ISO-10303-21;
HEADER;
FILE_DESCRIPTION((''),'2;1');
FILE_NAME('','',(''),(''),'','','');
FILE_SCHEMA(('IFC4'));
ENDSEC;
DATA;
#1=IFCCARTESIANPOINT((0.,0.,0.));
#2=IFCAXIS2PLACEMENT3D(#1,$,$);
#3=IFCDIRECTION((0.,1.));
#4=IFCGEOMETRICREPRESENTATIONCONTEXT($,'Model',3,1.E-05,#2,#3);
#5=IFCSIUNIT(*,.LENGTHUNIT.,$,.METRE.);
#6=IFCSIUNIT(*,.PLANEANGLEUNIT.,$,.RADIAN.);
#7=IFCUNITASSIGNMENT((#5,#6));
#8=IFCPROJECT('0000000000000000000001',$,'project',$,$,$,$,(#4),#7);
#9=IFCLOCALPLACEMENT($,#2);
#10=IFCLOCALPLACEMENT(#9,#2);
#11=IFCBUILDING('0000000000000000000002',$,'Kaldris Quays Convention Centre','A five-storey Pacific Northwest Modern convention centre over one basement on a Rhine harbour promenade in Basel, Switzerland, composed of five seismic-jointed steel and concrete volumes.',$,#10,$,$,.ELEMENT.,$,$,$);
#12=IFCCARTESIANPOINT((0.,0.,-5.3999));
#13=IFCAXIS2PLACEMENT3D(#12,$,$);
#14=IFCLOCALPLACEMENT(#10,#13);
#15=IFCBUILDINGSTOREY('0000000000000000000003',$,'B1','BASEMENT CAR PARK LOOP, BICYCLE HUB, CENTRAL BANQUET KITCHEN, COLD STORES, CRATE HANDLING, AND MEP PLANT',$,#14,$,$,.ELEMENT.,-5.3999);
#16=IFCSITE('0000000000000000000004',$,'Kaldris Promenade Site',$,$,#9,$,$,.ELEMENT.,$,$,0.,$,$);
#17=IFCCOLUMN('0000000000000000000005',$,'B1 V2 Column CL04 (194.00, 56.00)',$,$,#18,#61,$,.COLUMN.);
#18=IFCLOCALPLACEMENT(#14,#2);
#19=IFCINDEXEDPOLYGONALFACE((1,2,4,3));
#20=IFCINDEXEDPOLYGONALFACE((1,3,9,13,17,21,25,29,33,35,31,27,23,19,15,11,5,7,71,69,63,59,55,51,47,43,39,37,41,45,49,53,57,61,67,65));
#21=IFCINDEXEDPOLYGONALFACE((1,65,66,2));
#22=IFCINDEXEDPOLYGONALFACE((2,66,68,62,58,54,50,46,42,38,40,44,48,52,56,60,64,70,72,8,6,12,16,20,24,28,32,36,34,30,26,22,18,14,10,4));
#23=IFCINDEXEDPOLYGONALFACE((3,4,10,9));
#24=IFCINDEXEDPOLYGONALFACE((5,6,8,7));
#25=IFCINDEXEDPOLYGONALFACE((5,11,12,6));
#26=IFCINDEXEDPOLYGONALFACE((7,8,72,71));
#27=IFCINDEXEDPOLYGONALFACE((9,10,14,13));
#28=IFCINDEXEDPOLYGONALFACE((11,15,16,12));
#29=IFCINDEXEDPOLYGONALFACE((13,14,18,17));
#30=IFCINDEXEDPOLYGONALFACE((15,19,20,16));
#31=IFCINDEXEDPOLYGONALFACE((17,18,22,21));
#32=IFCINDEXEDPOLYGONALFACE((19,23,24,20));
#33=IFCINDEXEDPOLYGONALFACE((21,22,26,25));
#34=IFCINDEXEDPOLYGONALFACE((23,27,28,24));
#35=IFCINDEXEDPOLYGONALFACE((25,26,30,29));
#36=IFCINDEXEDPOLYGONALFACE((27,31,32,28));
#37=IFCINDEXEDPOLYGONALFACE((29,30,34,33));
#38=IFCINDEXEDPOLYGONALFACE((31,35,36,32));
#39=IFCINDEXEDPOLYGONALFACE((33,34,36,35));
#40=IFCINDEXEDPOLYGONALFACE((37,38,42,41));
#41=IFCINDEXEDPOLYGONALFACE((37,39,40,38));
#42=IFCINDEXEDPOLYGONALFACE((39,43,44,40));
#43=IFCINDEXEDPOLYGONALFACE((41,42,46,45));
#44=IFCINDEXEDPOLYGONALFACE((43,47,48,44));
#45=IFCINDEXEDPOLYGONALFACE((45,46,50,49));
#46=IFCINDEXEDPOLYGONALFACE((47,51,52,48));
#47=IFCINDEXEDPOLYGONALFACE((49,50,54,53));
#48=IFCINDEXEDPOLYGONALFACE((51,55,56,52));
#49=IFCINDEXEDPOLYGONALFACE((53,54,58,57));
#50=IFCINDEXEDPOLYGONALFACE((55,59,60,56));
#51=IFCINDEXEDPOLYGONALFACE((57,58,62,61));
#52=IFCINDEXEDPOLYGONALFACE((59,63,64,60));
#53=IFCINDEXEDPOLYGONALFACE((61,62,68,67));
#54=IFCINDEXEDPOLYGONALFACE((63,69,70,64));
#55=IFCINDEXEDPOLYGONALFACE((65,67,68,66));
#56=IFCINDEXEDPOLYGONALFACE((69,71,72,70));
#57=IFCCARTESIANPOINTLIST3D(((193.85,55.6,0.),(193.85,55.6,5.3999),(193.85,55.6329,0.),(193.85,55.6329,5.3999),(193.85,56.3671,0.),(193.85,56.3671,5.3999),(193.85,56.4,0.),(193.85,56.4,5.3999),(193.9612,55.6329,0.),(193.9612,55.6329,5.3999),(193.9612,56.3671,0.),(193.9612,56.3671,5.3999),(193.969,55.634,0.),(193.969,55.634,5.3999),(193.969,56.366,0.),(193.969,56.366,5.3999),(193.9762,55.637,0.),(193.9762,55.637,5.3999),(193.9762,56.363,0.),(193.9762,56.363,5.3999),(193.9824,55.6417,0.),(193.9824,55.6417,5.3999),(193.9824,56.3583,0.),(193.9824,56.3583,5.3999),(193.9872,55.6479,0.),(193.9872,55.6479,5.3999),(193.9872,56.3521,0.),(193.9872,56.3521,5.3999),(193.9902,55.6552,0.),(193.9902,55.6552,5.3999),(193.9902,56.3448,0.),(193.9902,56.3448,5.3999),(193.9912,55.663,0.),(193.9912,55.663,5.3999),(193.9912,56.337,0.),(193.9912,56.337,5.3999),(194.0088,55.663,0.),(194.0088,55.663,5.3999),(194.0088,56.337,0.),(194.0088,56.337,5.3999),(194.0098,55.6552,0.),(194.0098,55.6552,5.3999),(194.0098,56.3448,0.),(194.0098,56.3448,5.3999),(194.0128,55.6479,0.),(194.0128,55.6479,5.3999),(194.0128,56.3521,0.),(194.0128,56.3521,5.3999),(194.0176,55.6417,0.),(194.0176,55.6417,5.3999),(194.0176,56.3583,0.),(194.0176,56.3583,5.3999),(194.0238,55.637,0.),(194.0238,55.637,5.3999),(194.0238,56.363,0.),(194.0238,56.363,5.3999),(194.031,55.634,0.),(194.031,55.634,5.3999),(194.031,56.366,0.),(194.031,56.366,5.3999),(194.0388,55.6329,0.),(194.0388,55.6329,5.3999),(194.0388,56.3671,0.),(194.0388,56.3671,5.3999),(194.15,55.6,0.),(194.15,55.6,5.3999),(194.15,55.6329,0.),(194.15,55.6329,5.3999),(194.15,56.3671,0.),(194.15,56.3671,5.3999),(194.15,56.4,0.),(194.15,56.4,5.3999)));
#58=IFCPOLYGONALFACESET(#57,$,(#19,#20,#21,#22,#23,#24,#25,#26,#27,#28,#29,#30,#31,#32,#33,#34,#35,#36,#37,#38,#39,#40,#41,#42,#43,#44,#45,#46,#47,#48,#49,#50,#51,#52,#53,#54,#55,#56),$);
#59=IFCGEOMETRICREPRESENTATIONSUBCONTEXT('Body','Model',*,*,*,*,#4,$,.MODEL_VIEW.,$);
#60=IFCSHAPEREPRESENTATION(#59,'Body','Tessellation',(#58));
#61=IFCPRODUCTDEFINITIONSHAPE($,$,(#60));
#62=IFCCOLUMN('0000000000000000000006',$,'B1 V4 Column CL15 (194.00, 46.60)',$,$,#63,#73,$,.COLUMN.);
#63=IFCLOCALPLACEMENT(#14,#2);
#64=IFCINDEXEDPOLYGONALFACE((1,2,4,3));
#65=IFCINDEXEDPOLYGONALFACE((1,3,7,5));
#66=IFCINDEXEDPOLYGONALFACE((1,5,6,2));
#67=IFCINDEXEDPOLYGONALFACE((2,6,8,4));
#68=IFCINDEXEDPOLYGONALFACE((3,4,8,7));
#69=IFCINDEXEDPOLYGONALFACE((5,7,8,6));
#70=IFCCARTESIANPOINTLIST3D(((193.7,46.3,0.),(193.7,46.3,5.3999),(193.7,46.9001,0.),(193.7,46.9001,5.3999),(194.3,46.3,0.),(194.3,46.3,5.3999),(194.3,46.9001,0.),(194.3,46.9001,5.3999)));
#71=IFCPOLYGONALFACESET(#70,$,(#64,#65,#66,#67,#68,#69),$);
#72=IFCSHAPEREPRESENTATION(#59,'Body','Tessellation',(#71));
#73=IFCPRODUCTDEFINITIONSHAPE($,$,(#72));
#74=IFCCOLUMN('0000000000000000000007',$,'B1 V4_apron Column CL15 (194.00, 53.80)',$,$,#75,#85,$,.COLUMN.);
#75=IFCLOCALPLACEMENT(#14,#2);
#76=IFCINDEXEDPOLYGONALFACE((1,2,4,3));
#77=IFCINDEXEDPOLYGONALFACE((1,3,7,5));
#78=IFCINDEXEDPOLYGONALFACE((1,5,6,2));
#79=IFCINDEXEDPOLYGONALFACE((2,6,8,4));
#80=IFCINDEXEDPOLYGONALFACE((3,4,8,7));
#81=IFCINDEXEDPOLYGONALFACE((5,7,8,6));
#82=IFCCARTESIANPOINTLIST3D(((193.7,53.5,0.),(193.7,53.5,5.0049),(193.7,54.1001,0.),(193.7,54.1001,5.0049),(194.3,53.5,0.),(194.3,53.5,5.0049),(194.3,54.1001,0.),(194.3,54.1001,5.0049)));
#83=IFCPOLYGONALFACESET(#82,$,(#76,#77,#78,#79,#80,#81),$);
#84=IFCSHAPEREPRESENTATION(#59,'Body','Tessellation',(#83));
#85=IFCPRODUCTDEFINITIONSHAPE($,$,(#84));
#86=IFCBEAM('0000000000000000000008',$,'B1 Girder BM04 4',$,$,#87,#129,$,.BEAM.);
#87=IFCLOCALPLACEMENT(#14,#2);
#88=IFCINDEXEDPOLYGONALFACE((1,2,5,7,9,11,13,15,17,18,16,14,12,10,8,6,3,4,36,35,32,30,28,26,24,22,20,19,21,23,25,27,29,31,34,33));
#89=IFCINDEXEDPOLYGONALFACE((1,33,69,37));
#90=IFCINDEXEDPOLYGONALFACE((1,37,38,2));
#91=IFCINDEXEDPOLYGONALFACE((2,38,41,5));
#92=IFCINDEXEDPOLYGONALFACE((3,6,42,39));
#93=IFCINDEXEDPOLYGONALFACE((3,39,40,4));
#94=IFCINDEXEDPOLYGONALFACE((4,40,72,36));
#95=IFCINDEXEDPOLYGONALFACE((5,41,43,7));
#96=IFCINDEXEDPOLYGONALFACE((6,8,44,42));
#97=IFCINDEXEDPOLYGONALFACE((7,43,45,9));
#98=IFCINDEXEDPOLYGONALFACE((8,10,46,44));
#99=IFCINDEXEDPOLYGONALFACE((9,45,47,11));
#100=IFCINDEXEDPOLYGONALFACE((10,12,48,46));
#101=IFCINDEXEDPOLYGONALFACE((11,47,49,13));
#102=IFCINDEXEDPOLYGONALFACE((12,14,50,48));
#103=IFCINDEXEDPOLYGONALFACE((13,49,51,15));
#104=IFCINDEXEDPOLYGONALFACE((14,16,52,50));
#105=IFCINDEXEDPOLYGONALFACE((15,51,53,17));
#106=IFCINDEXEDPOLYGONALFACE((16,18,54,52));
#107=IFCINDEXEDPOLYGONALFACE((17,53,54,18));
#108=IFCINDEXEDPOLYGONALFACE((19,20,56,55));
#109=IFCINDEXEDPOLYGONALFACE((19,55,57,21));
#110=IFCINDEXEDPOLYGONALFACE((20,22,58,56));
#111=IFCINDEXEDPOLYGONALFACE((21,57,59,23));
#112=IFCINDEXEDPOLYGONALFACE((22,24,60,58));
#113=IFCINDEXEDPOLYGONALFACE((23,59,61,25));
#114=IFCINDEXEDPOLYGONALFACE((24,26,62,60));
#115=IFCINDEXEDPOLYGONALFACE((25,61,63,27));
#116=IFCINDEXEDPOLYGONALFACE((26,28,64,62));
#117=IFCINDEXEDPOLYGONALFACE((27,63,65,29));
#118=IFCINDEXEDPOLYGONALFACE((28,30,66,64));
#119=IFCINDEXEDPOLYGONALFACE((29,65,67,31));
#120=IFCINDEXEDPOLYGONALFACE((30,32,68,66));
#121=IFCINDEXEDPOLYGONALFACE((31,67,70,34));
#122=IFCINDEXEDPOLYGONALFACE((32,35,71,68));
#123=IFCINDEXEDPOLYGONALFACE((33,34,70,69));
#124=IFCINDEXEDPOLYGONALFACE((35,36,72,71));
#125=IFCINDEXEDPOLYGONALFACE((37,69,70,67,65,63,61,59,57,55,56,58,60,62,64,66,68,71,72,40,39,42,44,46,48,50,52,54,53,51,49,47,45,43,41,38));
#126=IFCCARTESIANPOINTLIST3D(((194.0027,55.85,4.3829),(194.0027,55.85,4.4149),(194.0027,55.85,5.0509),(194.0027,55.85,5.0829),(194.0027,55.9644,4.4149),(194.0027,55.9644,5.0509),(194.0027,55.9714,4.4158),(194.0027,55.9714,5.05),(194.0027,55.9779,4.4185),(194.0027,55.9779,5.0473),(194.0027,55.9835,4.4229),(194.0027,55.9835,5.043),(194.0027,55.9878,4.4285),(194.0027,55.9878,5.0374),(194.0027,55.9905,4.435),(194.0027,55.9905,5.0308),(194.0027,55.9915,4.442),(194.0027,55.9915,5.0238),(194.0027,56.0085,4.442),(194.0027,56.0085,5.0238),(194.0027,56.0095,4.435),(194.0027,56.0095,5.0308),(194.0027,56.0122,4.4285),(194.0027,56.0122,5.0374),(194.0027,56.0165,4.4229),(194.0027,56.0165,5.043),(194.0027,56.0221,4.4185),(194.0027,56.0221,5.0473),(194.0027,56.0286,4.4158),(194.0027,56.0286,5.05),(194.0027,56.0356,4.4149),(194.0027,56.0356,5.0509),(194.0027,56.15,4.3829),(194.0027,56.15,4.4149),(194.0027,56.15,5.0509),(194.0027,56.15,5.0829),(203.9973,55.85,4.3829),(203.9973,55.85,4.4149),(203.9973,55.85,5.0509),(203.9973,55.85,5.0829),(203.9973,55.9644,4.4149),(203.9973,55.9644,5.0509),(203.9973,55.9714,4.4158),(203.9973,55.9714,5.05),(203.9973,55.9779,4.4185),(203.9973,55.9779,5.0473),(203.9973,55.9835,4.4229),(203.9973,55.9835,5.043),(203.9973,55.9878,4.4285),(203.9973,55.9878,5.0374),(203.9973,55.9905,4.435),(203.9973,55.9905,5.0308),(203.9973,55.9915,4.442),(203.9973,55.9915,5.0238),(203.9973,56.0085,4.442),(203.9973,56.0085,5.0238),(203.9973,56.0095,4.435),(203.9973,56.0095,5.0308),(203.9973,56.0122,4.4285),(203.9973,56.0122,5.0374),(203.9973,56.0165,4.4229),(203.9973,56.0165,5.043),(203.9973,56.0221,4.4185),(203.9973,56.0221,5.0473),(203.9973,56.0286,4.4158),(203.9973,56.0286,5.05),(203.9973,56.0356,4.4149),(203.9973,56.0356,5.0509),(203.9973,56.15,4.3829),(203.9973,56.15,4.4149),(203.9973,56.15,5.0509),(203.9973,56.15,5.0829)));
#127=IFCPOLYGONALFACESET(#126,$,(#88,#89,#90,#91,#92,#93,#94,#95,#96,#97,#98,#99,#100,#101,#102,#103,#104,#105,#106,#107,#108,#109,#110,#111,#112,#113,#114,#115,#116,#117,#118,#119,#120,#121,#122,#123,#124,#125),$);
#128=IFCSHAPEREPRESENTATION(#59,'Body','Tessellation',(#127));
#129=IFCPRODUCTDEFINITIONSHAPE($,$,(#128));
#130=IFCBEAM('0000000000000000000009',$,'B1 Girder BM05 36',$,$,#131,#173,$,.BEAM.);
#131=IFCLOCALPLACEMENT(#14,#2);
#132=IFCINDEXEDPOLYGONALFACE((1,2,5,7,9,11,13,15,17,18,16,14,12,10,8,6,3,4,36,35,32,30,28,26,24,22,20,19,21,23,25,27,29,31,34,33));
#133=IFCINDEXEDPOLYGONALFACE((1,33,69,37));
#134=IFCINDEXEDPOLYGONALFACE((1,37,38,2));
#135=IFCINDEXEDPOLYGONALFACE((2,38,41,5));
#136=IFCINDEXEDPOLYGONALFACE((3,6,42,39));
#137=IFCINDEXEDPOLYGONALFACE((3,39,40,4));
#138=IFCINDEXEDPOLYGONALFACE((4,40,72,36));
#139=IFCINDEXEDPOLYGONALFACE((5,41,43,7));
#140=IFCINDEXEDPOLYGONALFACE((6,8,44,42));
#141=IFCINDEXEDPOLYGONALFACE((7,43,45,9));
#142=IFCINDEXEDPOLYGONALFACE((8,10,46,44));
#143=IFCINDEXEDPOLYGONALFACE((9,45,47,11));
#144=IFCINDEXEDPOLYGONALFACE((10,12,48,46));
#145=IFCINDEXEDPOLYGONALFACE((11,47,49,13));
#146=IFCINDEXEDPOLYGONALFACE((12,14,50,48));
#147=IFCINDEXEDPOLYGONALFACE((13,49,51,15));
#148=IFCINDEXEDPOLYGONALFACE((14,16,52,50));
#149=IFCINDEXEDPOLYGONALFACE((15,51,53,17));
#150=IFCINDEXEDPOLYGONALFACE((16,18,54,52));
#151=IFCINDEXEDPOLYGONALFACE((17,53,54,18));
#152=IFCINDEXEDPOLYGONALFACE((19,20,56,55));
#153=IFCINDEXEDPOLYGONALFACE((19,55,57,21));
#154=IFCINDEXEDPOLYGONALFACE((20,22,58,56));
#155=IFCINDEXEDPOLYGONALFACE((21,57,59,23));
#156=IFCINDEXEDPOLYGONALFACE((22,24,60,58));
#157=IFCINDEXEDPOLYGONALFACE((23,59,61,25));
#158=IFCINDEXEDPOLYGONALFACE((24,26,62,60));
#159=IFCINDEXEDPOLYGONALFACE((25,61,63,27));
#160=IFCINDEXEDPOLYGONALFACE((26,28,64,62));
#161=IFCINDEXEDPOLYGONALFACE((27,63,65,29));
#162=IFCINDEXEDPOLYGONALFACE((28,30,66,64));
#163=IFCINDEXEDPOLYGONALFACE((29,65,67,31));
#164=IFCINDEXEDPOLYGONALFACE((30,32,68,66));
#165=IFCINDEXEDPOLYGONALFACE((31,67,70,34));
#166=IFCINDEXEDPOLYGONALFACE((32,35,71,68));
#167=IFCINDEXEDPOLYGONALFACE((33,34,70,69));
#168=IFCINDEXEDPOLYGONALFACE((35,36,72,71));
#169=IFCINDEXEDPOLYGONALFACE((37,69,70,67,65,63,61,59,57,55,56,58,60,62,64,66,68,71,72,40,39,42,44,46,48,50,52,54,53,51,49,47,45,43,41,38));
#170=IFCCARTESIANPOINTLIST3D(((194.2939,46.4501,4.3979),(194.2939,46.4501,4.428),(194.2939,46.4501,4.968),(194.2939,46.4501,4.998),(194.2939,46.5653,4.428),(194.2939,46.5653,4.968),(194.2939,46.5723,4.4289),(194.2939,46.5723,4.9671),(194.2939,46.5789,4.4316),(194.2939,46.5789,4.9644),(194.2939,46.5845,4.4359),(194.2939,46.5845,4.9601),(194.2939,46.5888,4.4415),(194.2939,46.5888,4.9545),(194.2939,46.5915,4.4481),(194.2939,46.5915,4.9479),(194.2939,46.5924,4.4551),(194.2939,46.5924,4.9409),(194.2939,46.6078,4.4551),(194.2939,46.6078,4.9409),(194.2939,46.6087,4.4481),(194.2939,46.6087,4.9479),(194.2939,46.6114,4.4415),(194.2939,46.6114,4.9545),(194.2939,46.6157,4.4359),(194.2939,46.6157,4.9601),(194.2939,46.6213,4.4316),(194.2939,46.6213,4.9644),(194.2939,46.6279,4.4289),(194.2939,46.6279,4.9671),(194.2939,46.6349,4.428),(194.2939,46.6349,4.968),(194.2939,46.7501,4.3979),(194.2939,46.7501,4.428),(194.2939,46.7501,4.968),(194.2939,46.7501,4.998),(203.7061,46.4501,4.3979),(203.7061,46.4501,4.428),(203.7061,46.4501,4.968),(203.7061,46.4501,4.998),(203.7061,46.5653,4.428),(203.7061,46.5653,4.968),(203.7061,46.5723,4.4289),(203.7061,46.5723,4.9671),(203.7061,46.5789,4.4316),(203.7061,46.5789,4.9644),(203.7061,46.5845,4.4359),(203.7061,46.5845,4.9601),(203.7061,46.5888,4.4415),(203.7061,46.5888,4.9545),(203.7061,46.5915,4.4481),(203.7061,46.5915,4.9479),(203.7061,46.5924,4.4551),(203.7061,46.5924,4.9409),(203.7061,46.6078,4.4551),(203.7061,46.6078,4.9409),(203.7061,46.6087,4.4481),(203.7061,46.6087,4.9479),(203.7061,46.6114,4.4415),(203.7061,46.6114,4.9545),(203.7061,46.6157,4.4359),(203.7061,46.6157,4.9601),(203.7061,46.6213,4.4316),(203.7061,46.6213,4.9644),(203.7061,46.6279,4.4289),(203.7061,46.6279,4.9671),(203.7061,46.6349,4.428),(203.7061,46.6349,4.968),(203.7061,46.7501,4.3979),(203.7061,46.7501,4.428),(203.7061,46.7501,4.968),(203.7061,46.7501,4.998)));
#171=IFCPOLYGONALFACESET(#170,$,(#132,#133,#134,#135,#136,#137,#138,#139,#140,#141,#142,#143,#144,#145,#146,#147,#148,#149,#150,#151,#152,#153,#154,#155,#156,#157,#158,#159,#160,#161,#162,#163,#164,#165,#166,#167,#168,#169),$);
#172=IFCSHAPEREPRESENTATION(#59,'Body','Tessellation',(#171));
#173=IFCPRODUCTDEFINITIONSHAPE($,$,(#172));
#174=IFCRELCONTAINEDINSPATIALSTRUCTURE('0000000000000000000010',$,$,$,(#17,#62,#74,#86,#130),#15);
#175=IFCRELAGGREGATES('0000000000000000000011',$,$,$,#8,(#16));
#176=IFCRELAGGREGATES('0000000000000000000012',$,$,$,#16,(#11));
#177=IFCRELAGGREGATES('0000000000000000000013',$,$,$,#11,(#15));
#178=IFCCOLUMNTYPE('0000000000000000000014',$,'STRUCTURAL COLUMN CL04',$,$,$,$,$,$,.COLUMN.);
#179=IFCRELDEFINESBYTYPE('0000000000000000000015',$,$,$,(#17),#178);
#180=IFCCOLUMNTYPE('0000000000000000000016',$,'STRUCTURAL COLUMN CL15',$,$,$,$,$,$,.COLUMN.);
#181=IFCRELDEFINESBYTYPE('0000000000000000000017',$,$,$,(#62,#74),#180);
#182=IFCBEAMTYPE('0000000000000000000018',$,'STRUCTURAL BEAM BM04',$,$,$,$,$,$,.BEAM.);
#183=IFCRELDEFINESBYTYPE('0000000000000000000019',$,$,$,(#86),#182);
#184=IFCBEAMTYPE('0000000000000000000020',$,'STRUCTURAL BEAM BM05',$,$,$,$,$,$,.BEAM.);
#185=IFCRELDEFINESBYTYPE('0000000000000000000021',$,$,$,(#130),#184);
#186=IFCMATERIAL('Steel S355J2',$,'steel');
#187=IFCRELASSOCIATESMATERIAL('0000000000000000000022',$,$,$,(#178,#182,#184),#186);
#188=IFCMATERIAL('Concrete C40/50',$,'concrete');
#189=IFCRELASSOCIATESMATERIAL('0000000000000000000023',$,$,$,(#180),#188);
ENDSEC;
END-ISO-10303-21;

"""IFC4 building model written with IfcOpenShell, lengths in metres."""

from ifc_helpers import new_model, si_unit, direction, frame, origin, origin_2d, place, context, subcontext, project, spatial, rectangle, i_section, extrude, material, material_profile, profile_set, type_object, element, save


model = new_model("IFC4")

# Units and contexts
model_context = context("Model", 3, precision=1e-05, world=origin(), true_north=direction((0.0, 1.0)))
body_context = subcontext(model_context, "Body", "Model", "MODEL_VIEW")
ifc_project = project(units=[si_unit("LENGTHUNIT", "METRE"), si_unit("PLANEANGLEUNIT", "RADIAN")], contexts=[model_context])

# Site, building, storey
site_placement = place(None, origin())
site = spatial("IfcSite", under=ifc_project, at=site_placement, Name="Kaldris Promenade Site", CompositionType="ELEMENT", RefElevation=0.0)
building_placement = place(site_placement, origin())
building = spatial("IfcBuilding", under=site, at=building_placement, Name="Kaldris Quays Convention Centre", Description="A five-storey Pacific Northwest Modern convention centre over one basement on a Rhine harbour promenade in Basel, Switzerland, composed of five seismic-jointed steel and concrete volumes.", CompositionType="ELEMENT")
storey_placement = place(building_placement, frame((0.0, 0.0, -5.3999)))
storey = spatial("IfcBuildingStorey", under=building, at=storey_placement, Name="B1", Description="BASEMENT CAR PARK LOOP, BICYCLE HUB, CENTRAL BANQUET KITCHEN, COLD STORES, CRATE HANDLING, AND MEP PLANT", CompositionType="ELEMENT", Elevation=-5.3999)

# Columns
ifc_material_1 = material(Name="Steel S355J2", Category="steel")
ifc_material_profile_1 = material_profile(ifc_material_1, i_section(OverallWidth=0.3, OverallDepth=0.8, WebThickness=0.0176, FlangeThickness=0.033, FilletRadius=0.03, at=origin_2d()), Name="HEB 800")
ifc_profile_set_1 = profile_set([ifc_material_profile_1], Name="Steel S355J2")
column_type_1 = type_object("IfcColumnType", Name="STRUCTURAL COLUMN CL04", PredefinedType="COLUMN", material=ifc_profile_set_1)
column_1_placement = place(storey_placement, frame((194.0, 56.0, 0.0), z_axis=(0.0, 0.0, 1.0), x_axis=(1.0, 0.0, 0.0)))
element("IfcColumn", 1, at=column_1_placement, inside=storey, type_object=column_type_1, Name="B1 V2 Column CL04 (194.00, 56.00)", PredefinedType="COLUMN", context=body_context, shape_type="SweptSolid", body=[
    extrude(i_section(OverallWidth=0.3, OverallDepth=0.8, WebThickness=0.0176, FlangeThickness=0.033, FilletRadius=0.03, at=origin_2d()), origin(), (0.0, 0.0, 1.0), 5.3999),
])
ifc_material_2 = material(Name="Concrete C40/50", Category="concrete")
ifc_material_profile_2 = material_profile(ifc_material_2, rectangle(XDim=0.6001, YDim=0.6001, at=origin_2d()), Name="RC 600x600")
ifc_profile_set_2 = profile_set([ifc_material_profile_2], Name="Concrete C40/50")
column_type_2 = type_object("IfcColumnType", Name="STRUCTURAL COLUMN CL15", PredefinedType="COLUMN", material=ifc_profile_set_2)
column_2_placement = place(storey_placement, frame((194.0, 46.6001, 0.0), z_axis=(0.0, 0.0, 1.0), x_axis=(1.0, 0.0, 0.0)))
element("IfcColumn", 2, at=column_2_placement, inside=storey, type_object=column_type_2, Name="B1 V4 Column CL15 (194.00, 46.60)", PredefinedType="COLUMN", context=body_context, shape_type="SweptSolid", body=[
    extrude(rectangle(XDim=0.6001, YDim=0.6001, at=origin_2d()), origin(), (0.0, 0.0, 1.0), 5.3999),
])
column_3_placement = place(storey_placement, frame((194.0, 53.8, 0.0), z_axis=(0.0, 0.0, 1.0), x_axis=(1.0, 0.0, 0.0)))
element("IfcColumn", 3, at=column_3_placement, inside=storey, type_object=column_type_2, Name="B1 V4_apron Column CL15 (194.00, 53.80)", PredefinedType="COLUMN", context=body_context, shape_type="SweptSolid", body=[
    extrude(rectangle(XDim=0.6001, YDim=0.6001, at=origin_2d()), origin(), (0.0, 0.0, 1.0), 5.0049),
])

# Beams
ifc_material_profile_3 = material_profile(ifc_material_1, i_section(OverallWidth=0.3, OverallDepth=0.7, WebThickness=0.0171, FlangeThickness=0.032, FilletRadius=0.0271, at=origin_2d()), Name="HEB 700")
ifc_profile_set_3 = profile_set([ifc_material_profile_3], Name="Steel S355J2")
beam_type_1 = type_object("IfcBeamType", Name="STRUCTURAL BEAM BM04", PredefinedType="BEAM", material=ifc_profile_set_3)
beam_1_placement = place(storey_placement, frame((194.0027, 56.0, 4.7329), z_axis=(1.0, 0.0, 0.0), x_axis=(0.0, 1.0, 0.0)))
element("IfcBeam", 4, at=beam_1_placement, inside=storey, type_object=beam_type_1, Name="B1 Girder BM04 4", PredefinedType="BEAM", context=body_context, shape_type="SweptSolid", body=[
    extrude(i_section(OverallWidth=0.3, OverallDepth=0.7, WebThickness=0.0171, FlangeThickness=0.032, FilletRadius=0.0271, at=origin_2d()), origin(), (0.0, 0.0, 1.0), 9.9946),
])
ifc_material_profile_4 = material_profile(ifc_material_1, i_section(OverallWidth=0.3, OverallDepth=0.6001, WebThickness=0.0154, FlangeThickness=0.03, FilletRadius=0.0271, at=origin_2d()), Name="HEB 600")
ifc_profile_set_4 = profile_set([ifc_material_profile_4], Name="Steel S355J2")
beam_type_2 = type_object("IfcBeamType", Name="STRUCTURAL BEAM BM05", PredefinedType="BEAM", material=ifc_profile_set_4)
beam_2_placement = place(storey_placement, frame((194.2939, 46.6001, 4.698), z_axis=(1.0, 0.0, 0.0), x_axis=(0.0, 1.0, 0.0)))
element("IfcBeam", 5, at=beam_2_placement, inside=storey, type_object=beam_type_2, Name="B1 Girder BM05 36", PredefinedType="BEAM", context=body_context, shape_type="SweptSolid", body=[
    extrude(i_section(OverallWidth=0.3, OverallDepth=0.6001, WebThickness=0.0154, FlangeThickness=0.03, FilletRadius=0.0271, at=origin_2d()), origin(), (0.0, 0.0, 1.0), 9.4121),
])

save(model, "model.ifc")
